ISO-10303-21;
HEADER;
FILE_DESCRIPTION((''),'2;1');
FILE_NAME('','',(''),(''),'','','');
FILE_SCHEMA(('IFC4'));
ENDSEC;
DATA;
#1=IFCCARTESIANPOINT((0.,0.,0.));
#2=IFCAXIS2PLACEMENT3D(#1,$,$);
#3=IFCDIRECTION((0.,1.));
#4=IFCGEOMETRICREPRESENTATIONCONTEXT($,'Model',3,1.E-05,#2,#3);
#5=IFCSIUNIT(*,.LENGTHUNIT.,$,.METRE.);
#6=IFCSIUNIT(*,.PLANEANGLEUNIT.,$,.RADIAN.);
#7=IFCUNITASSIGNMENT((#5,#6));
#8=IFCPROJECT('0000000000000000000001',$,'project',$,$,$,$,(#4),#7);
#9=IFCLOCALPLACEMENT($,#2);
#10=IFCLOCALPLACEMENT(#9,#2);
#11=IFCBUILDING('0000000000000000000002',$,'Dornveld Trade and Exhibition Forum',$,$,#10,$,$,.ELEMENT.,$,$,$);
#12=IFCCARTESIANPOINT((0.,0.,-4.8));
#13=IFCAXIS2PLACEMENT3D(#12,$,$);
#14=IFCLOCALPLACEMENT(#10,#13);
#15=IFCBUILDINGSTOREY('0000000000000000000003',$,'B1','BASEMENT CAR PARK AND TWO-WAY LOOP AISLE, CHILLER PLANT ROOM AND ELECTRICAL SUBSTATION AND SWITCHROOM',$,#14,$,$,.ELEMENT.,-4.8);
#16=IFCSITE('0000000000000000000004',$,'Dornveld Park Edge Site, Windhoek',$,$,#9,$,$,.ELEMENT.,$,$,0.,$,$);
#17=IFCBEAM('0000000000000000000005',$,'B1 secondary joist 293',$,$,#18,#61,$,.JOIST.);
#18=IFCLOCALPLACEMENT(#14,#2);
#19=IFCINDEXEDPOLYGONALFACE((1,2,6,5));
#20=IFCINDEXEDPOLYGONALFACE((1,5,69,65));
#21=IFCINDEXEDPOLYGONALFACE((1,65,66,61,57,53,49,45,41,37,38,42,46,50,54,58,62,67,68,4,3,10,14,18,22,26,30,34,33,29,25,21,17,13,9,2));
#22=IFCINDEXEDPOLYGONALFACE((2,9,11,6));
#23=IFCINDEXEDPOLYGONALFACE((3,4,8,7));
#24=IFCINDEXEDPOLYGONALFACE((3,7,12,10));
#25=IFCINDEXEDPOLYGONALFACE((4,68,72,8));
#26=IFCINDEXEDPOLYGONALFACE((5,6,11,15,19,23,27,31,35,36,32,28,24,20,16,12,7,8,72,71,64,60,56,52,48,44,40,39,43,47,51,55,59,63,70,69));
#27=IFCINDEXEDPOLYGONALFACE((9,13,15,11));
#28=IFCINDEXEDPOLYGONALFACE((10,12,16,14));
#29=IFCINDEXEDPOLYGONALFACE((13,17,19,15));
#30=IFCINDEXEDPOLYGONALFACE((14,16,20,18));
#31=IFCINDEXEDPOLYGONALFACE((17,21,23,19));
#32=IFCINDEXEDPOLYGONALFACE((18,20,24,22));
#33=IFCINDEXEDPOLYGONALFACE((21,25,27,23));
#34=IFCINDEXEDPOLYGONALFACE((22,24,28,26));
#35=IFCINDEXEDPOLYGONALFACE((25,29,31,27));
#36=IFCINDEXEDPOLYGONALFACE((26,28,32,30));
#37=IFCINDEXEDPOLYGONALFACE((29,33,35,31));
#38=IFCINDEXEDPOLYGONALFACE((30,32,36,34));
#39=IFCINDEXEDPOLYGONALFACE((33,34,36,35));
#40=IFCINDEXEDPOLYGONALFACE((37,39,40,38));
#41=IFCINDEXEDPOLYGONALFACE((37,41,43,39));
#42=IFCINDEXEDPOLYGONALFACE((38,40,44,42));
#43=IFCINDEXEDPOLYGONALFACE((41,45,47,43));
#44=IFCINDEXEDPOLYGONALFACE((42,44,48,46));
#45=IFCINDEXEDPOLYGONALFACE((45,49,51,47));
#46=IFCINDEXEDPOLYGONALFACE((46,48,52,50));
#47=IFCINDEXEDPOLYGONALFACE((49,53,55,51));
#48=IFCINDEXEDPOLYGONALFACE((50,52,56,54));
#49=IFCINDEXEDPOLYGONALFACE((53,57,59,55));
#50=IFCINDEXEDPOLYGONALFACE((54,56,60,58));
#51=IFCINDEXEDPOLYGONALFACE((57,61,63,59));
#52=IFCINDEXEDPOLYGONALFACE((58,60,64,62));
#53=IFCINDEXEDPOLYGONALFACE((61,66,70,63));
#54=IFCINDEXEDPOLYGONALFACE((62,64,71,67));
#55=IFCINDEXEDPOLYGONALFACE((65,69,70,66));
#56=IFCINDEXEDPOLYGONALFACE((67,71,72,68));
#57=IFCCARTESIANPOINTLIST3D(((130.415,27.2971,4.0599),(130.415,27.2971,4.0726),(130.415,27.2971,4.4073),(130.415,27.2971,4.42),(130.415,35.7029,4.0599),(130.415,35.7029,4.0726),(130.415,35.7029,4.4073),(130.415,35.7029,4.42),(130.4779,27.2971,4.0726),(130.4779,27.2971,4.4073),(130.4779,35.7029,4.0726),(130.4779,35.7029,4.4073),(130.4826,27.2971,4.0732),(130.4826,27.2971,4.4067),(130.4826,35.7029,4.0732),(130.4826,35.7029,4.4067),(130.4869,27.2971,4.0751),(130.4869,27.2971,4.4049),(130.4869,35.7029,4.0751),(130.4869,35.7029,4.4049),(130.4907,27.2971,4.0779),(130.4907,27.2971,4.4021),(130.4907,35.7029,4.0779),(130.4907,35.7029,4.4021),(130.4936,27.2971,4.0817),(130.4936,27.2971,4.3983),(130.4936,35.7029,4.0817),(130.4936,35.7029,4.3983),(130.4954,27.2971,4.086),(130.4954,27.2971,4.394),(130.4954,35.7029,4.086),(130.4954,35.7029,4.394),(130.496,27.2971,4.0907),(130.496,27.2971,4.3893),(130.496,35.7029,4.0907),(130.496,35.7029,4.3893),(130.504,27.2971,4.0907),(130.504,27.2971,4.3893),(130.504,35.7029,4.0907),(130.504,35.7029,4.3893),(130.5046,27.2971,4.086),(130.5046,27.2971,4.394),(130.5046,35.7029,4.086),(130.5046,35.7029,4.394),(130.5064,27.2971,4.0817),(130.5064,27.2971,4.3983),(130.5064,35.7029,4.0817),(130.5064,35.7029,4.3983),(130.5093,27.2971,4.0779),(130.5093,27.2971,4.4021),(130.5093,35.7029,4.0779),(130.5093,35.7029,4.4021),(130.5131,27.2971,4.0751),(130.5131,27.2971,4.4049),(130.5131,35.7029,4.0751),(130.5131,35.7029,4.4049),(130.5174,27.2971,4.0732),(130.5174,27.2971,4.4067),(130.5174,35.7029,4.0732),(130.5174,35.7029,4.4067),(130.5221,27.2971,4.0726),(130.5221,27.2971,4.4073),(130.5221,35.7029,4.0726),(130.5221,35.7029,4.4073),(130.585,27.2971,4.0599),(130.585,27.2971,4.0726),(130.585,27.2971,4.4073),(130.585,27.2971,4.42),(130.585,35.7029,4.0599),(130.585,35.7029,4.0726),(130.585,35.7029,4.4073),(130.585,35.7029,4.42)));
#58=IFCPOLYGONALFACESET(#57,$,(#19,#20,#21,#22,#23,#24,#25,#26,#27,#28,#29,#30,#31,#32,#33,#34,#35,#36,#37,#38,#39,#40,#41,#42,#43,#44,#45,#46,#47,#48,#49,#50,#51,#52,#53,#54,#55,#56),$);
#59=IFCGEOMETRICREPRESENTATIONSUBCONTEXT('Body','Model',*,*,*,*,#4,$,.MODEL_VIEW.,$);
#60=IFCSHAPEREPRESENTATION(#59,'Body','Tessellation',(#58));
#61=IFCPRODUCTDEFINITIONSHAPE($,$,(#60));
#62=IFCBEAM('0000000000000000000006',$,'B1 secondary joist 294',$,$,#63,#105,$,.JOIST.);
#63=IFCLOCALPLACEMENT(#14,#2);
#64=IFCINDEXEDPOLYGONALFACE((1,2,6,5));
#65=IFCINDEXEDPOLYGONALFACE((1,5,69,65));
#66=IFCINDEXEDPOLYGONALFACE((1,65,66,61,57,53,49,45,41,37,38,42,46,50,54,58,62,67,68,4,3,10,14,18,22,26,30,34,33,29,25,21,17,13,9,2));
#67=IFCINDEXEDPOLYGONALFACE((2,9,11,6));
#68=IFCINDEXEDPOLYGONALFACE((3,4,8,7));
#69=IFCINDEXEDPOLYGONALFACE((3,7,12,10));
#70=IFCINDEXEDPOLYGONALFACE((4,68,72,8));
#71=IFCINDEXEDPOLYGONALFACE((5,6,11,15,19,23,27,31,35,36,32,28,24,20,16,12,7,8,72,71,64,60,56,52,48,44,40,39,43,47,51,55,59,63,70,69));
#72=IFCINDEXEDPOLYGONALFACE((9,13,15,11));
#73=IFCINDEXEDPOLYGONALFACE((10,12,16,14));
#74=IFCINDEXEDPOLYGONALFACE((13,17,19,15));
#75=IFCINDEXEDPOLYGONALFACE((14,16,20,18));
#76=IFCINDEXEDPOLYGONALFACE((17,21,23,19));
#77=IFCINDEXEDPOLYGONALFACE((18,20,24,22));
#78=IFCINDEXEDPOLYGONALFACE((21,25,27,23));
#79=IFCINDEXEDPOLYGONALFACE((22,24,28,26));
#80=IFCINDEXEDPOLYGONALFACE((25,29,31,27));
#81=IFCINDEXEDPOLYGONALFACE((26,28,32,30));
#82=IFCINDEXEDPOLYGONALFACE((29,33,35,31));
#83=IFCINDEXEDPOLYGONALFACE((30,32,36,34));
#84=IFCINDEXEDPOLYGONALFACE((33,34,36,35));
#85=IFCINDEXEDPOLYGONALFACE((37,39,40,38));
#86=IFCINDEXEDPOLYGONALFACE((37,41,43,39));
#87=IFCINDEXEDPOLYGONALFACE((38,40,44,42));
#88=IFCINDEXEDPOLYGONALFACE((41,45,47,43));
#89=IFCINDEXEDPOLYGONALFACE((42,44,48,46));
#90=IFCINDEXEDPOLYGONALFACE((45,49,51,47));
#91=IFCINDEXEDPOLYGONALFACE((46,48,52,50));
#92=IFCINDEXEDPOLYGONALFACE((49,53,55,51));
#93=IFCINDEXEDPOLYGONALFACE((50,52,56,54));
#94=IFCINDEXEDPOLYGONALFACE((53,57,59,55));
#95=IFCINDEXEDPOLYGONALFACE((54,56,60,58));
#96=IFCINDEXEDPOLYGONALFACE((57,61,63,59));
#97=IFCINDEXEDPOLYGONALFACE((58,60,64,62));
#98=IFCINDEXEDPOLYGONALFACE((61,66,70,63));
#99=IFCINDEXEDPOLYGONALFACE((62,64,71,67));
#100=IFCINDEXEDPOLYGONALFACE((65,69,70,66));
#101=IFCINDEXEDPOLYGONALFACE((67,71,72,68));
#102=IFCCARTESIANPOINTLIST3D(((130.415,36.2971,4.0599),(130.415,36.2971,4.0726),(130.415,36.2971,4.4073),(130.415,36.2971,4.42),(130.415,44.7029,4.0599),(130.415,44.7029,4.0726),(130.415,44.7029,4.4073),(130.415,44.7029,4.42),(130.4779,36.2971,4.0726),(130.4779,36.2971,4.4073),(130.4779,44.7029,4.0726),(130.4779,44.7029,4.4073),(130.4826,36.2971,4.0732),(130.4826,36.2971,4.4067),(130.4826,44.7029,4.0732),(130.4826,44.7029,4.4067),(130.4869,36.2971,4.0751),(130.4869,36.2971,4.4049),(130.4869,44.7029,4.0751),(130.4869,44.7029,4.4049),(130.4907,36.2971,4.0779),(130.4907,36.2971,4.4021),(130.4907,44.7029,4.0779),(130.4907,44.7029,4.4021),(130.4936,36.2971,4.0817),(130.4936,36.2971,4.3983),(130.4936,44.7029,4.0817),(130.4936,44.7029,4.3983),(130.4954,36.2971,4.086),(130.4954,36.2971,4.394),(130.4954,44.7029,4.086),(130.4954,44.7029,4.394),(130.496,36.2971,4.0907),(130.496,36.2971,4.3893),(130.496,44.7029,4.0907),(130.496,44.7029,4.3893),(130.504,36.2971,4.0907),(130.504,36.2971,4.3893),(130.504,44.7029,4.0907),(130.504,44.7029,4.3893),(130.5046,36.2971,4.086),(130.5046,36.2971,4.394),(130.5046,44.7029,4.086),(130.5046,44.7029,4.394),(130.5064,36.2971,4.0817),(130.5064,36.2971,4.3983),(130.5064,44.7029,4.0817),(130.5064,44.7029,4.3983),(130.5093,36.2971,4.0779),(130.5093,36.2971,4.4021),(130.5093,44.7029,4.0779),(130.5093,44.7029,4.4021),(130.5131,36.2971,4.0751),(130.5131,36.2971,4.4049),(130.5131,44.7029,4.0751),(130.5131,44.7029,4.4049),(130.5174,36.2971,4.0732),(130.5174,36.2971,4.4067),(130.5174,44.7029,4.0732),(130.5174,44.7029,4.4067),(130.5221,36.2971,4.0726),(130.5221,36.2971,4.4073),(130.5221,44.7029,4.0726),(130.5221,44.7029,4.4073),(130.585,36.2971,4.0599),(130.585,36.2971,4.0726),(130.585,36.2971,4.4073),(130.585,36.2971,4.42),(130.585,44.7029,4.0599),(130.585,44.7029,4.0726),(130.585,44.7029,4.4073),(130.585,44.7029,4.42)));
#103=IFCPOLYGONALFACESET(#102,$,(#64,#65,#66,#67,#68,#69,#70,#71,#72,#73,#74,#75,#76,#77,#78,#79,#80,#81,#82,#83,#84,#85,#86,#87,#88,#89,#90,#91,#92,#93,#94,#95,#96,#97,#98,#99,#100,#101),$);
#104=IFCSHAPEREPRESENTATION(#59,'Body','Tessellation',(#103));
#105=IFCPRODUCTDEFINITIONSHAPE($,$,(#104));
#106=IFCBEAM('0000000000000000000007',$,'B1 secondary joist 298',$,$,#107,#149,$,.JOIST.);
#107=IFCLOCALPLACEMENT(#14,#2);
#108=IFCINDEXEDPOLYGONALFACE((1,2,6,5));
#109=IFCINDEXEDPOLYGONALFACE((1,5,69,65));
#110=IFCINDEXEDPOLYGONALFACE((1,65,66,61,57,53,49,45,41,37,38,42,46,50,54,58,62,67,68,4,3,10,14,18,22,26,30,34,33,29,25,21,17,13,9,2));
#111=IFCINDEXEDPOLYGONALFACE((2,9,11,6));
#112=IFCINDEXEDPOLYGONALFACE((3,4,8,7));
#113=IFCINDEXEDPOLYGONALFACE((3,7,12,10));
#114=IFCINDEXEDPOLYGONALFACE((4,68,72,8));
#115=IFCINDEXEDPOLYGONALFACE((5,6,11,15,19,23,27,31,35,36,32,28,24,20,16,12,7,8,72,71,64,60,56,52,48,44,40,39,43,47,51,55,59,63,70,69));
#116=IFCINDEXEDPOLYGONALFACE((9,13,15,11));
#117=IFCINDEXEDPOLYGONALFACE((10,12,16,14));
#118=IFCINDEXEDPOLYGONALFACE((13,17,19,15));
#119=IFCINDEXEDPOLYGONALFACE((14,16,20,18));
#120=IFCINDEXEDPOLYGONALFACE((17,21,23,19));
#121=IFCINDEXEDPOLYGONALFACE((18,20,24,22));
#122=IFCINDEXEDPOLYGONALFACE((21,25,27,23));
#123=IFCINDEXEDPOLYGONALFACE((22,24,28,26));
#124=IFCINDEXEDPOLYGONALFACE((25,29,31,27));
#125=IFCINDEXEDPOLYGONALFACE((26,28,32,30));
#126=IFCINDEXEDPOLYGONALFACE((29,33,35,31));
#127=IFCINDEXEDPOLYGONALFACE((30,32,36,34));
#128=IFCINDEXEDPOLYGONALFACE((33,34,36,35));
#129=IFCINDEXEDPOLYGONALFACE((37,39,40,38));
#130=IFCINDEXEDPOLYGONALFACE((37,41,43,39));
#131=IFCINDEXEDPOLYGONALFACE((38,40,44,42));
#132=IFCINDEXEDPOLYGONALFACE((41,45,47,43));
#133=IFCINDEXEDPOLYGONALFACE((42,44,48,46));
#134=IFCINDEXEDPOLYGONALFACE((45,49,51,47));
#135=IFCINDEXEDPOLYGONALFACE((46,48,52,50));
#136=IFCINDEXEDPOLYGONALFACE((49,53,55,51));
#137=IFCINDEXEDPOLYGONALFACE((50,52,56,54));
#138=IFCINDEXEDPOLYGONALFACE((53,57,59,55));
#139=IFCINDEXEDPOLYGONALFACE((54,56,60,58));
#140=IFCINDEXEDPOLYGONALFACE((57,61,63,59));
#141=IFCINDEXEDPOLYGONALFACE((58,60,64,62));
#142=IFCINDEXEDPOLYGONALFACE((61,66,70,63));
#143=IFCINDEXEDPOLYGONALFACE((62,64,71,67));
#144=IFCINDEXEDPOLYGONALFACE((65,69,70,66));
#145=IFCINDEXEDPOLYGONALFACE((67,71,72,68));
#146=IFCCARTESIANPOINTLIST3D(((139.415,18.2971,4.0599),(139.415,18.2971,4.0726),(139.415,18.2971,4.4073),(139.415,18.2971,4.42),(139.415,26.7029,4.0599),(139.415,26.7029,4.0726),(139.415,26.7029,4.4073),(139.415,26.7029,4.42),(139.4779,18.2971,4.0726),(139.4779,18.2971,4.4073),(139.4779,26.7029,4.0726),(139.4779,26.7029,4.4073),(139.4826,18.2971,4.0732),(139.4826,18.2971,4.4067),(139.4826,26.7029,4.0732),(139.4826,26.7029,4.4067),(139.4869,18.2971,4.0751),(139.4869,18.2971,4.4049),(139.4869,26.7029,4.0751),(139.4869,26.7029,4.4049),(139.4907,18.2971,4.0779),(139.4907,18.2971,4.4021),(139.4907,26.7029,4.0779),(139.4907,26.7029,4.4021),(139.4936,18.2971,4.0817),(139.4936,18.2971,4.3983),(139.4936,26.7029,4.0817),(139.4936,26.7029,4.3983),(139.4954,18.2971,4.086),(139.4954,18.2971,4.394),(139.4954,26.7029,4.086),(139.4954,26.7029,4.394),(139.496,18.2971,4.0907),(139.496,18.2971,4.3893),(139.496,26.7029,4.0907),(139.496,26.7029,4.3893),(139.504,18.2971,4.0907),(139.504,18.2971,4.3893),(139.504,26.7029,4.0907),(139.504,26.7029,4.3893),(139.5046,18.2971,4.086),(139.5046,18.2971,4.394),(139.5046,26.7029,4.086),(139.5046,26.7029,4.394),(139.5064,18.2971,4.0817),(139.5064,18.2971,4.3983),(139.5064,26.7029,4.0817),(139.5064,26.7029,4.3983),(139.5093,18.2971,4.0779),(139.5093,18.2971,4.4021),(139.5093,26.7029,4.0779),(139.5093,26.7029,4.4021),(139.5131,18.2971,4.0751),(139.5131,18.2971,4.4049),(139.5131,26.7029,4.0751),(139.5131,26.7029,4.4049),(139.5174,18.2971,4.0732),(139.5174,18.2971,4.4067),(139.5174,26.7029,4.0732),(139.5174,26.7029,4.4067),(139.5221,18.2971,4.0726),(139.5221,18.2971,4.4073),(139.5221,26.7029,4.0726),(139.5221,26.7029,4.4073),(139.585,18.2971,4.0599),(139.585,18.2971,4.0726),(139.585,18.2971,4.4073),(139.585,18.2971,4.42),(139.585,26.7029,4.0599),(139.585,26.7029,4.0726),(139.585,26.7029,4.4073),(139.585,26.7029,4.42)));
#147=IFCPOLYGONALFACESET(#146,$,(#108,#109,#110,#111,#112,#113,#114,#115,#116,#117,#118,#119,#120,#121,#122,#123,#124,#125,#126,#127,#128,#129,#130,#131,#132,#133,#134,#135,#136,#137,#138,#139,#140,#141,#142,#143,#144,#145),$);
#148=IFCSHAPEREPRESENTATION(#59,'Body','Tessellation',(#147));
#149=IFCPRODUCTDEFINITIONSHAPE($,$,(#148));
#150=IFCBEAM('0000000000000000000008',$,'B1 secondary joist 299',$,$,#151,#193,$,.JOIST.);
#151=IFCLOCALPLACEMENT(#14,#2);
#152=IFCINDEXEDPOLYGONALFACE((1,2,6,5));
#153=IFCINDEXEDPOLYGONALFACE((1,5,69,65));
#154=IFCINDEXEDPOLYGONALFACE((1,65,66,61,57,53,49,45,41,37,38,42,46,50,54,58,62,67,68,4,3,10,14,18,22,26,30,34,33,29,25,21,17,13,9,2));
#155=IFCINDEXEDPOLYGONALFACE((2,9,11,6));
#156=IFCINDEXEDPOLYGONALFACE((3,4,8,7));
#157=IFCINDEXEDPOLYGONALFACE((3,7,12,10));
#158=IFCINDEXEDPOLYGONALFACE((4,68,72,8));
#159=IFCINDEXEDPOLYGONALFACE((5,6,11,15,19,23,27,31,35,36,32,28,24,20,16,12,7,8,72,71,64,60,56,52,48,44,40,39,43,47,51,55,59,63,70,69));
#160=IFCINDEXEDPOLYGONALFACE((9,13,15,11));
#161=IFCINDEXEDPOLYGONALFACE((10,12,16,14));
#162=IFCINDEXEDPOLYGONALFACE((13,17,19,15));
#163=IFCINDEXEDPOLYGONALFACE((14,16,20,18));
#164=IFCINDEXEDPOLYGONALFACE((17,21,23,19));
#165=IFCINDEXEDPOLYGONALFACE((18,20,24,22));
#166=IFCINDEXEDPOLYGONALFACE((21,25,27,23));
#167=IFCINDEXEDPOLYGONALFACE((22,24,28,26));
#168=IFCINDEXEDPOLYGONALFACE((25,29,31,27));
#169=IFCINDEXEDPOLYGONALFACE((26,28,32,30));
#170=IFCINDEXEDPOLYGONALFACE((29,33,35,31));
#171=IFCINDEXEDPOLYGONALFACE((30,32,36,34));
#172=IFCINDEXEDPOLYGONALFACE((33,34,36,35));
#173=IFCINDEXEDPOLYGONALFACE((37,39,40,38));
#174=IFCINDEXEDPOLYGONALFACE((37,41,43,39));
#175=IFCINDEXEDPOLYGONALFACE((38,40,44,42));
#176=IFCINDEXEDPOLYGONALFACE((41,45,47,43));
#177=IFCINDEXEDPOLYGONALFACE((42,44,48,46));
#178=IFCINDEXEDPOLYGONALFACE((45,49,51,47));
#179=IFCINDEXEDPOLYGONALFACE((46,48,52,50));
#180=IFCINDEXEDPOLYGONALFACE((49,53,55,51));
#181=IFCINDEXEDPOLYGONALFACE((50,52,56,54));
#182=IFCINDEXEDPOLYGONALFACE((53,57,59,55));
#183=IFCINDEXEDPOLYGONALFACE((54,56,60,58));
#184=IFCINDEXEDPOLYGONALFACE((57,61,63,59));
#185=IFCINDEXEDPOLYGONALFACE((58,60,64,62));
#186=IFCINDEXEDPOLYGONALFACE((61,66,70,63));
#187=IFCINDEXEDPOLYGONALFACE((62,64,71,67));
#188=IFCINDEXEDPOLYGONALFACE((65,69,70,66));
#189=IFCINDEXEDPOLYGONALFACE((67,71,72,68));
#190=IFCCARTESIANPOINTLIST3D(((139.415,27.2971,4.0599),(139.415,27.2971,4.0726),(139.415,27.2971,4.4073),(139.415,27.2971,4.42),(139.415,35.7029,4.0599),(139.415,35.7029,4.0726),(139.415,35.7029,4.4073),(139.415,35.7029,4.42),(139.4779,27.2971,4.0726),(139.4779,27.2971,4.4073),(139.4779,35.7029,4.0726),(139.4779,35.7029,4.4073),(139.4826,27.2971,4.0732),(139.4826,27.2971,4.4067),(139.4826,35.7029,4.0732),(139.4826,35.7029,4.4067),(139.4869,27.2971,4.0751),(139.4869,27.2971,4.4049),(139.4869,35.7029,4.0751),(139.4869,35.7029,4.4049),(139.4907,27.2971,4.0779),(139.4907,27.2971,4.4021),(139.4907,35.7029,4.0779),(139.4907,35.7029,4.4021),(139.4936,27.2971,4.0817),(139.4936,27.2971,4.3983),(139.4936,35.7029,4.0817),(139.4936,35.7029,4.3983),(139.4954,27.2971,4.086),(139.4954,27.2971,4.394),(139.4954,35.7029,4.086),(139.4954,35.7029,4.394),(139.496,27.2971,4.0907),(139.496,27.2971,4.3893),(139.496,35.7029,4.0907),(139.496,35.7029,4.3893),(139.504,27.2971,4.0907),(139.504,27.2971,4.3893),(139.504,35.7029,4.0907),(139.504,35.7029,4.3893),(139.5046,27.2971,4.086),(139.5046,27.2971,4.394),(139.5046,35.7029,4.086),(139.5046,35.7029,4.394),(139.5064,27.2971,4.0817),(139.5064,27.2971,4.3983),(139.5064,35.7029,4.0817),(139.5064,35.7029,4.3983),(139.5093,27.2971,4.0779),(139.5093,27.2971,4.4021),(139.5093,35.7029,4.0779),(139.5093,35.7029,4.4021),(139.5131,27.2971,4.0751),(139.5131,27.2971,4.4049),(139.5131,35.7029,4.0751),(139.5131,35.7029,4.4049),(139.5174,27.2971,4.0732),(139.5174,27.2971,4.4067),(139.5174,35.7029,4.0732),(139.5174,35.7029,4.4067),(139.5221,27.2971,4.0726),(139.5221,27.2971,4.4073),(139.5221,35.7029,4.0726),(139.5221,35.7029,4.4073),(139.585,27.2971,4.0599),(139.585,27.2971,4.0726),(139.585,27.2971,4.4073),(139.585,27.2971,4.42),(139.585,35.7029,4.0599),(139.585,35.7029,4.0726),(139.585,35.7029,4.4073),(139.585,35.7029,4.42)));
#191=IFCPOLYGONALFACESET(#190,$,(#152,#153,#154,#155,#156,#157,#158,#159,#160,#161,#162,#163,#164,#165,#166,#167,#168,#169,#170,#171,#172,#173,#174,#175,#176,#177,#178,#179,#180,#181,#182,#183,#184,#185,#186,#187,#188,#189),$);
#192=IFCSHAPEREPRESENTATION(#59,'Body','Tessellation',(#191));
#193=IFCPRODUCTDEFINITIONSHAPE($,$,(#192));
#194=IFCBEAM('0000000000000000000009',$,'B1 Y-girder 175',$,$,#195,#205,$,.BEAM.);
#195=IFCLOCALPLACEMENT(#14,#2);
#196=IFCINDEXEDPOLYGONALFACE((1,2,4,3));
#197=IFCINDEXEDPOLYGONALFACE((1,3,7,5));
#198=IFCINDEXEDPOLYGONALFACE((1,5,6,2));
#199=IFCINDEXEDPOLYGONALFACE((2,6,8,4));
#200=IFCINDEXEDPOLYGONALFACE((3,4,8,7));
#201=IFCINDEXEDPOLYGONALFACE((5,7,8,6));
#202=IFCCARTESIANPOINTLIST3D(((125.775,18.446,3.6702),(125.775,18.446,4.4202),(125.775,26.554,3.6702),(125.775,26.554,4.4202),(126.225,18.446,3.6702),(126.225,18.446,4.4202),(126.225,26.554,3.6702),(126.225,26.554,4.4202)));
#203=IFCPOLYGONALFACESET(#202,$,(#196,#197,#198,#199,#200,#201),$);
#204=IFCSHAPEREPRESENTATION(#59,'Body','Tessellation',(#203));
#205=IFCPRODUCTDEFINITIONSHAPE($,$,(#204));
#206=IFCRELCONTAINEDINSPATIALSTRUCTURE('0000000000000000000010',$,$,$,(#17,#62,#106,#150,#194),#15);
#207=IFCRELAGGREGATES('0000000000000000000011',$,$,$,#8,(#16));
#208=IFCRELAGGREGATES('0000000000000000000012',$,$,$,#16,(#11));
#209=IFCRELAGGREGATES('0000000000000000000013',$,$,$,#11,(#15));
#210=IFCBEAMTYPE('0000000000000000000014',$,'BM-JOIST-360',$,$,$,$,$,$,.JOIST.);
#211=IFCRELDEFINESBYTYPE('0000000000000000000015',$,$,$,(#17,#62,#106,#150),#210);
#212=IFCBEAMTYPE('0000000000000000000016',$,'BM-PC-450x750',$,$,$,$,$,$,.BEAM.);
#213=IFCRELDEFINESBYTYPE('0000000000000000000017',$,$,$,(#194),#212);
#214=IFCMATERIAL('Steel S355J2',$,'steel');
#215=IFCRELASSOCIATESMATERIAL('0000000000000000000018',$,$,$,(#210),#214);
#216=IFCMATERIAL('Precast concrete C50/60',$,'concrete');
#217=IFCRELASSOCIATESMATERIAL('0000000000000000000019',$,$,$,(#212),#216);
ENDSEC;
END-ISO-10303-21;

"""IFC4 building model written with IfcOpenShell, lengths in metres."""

from ifc_helpers import new_model, si_unit, direction, frame, origin, origin_2d, place, context, subcontext, project, spatial, rectangle, i_section, extrude, material, material_profile, profile_set, type_object, element, save


model = new_model("IFC4")

# Units and contexts
model_context = context("Model", 3, precision=1e-05, world=origin(), true_north=direction((0.0, 1.0)))
body_context = subcontext(model_context, "Body", "Model", "MODEL_VIEW")
ifc_project = project(units=[si_unit("LENGTHUNIT", "METRE"), si_unit("PLANEANGLEUNIT", "RADIAN")], contexts=[model_context])

# Site, building, storey
site_placement = place(None, origin())
site = spatial("IfcSite", under=ifc_project, at=site_placement, Name="Dornveld Park Edge Site, Windhoek", CompositionType="ELEMENT", RefElevation=0.0)
building_placement = place(site_placement, origin())
building = spatial("IfcBuilding", under=site, at=building_placement, Name="Dornveld Trade and Exhibition Forum", CompositionType="ELEMENT")
storey_placement = place(building_placement, frame((0.0, 0.0, -4.8)))
storey = spatial("IfcBuildingStorey", under=building, at=storey_placement, Name="B1", Description="BASEMENT CAR PARK AND TWO-WAY LOOP AISLE, CHILLER PLANT ROOM AND ELECTRICAL SUBSTATION AND SWITCHROOM", CompositionType="ELEMENT", Elevation=-4.8)

# Beams
ifc_material_1 = material(Name="Steel S355J2", Category="steel")
ifc_material_profile_1 = material_profile(ifc_material_1, i_section(OverallWidth=0.1699, OverallDepth=0.3601, WebThickness=0.0081, FlangeThickness=0.0127, FilletRadius=0.0181, at=origin_2d()), Name="IPE 360")
ifc_profile_set_1 = profile_set([ifc_material_profile_1], Name="Steel S355J2")
beam_type_1 = type_object("IfcBeamType", Name="BM-JOIST-360", PredefinedType="JOIST", material=ifc_profile_set_1)
for number, where, z_axis, x_axis, name in (
    (1, (130.5, 27.2971, 4.24), (0.0, 1.0, 0.0), (-1.0, 0.0, 0.0), "B1 secondary joist 293"),
    (2, (130.5, 36.2971, 4.24), (0.0, 1.0, 0.0), (-1.0, 0.0, 0.0), "B1 secondary joist 294"),
    (3, (139.5, 18.2971, 4.24), (0.0, 1.0, 0.0), (-1.0, 0.0, 0.0), "B1 secondary joist 298"),
    (4, (139.5, 27.2971, 4.24), (0.0, 1.0, 0.0), (-1.0, 0.0, 0.0), "B1 secondary joist 299"),
):
    element("IfcBeam", number, at=place(storey_placement, frame(where, z_axis=z_axis, x_axis=x_axis)), inside=storey, type_object=beam_type_1, Name=name, PredefinedType="JOIST", context=body_context, shape_type="SweptSolid", body=[
        extrude(i_section(OverallWidth=0.1699, OverallDepth=0.3601, WebThickness=0.0081, FlangeThickness=0.0127, FilletRadius=0.0181, at=origin_2d()), origin(), (0.0, 0.0, 1.0), 8.4058),
    ])
ifc_material_2 = material(Name="Precast concrete C50/60", Category="concrete")
ifc_material_profile_2 = material_profile(ifc_material_2, rectangle(XDim=0.45, YDim=0.75, at=origin_2d()), Name="PC-BM 450x750")
ifc_profile_set_2 = profile_set([ifc_material_profile_2], Name="Precast concrete C50/60")
beam_type_2 = type_object("IfcBeamType", Name="BM-PC-450x750", PredefinedType="BEAM", material=ifc_profile_set_2)
for number, where, z_axis, x_axis, name in (
    (5, (126.0, 18.446, 4.0452), (0.0, 1.0, 0.0), (-1.0, 0.0, 0.0), "B1 Y-girder 175"),
):
    element("IfcBeam", number, at=place(storey_placement, frame(where, z_axis=z_axis, x_axis=x_axis)), inside=storey, type_object=beam_type_2, Name=name, PredefinedType="BEAM", context=body_context, shape_type="SweptSolid", body=[
        extrude(rectangle(XDim=0.45, YDim=0.75, at=origin_2d()), origin(), (0.0, 0.0, 1.0), 8.1079),
    ])

save(model, "model.ifc")
